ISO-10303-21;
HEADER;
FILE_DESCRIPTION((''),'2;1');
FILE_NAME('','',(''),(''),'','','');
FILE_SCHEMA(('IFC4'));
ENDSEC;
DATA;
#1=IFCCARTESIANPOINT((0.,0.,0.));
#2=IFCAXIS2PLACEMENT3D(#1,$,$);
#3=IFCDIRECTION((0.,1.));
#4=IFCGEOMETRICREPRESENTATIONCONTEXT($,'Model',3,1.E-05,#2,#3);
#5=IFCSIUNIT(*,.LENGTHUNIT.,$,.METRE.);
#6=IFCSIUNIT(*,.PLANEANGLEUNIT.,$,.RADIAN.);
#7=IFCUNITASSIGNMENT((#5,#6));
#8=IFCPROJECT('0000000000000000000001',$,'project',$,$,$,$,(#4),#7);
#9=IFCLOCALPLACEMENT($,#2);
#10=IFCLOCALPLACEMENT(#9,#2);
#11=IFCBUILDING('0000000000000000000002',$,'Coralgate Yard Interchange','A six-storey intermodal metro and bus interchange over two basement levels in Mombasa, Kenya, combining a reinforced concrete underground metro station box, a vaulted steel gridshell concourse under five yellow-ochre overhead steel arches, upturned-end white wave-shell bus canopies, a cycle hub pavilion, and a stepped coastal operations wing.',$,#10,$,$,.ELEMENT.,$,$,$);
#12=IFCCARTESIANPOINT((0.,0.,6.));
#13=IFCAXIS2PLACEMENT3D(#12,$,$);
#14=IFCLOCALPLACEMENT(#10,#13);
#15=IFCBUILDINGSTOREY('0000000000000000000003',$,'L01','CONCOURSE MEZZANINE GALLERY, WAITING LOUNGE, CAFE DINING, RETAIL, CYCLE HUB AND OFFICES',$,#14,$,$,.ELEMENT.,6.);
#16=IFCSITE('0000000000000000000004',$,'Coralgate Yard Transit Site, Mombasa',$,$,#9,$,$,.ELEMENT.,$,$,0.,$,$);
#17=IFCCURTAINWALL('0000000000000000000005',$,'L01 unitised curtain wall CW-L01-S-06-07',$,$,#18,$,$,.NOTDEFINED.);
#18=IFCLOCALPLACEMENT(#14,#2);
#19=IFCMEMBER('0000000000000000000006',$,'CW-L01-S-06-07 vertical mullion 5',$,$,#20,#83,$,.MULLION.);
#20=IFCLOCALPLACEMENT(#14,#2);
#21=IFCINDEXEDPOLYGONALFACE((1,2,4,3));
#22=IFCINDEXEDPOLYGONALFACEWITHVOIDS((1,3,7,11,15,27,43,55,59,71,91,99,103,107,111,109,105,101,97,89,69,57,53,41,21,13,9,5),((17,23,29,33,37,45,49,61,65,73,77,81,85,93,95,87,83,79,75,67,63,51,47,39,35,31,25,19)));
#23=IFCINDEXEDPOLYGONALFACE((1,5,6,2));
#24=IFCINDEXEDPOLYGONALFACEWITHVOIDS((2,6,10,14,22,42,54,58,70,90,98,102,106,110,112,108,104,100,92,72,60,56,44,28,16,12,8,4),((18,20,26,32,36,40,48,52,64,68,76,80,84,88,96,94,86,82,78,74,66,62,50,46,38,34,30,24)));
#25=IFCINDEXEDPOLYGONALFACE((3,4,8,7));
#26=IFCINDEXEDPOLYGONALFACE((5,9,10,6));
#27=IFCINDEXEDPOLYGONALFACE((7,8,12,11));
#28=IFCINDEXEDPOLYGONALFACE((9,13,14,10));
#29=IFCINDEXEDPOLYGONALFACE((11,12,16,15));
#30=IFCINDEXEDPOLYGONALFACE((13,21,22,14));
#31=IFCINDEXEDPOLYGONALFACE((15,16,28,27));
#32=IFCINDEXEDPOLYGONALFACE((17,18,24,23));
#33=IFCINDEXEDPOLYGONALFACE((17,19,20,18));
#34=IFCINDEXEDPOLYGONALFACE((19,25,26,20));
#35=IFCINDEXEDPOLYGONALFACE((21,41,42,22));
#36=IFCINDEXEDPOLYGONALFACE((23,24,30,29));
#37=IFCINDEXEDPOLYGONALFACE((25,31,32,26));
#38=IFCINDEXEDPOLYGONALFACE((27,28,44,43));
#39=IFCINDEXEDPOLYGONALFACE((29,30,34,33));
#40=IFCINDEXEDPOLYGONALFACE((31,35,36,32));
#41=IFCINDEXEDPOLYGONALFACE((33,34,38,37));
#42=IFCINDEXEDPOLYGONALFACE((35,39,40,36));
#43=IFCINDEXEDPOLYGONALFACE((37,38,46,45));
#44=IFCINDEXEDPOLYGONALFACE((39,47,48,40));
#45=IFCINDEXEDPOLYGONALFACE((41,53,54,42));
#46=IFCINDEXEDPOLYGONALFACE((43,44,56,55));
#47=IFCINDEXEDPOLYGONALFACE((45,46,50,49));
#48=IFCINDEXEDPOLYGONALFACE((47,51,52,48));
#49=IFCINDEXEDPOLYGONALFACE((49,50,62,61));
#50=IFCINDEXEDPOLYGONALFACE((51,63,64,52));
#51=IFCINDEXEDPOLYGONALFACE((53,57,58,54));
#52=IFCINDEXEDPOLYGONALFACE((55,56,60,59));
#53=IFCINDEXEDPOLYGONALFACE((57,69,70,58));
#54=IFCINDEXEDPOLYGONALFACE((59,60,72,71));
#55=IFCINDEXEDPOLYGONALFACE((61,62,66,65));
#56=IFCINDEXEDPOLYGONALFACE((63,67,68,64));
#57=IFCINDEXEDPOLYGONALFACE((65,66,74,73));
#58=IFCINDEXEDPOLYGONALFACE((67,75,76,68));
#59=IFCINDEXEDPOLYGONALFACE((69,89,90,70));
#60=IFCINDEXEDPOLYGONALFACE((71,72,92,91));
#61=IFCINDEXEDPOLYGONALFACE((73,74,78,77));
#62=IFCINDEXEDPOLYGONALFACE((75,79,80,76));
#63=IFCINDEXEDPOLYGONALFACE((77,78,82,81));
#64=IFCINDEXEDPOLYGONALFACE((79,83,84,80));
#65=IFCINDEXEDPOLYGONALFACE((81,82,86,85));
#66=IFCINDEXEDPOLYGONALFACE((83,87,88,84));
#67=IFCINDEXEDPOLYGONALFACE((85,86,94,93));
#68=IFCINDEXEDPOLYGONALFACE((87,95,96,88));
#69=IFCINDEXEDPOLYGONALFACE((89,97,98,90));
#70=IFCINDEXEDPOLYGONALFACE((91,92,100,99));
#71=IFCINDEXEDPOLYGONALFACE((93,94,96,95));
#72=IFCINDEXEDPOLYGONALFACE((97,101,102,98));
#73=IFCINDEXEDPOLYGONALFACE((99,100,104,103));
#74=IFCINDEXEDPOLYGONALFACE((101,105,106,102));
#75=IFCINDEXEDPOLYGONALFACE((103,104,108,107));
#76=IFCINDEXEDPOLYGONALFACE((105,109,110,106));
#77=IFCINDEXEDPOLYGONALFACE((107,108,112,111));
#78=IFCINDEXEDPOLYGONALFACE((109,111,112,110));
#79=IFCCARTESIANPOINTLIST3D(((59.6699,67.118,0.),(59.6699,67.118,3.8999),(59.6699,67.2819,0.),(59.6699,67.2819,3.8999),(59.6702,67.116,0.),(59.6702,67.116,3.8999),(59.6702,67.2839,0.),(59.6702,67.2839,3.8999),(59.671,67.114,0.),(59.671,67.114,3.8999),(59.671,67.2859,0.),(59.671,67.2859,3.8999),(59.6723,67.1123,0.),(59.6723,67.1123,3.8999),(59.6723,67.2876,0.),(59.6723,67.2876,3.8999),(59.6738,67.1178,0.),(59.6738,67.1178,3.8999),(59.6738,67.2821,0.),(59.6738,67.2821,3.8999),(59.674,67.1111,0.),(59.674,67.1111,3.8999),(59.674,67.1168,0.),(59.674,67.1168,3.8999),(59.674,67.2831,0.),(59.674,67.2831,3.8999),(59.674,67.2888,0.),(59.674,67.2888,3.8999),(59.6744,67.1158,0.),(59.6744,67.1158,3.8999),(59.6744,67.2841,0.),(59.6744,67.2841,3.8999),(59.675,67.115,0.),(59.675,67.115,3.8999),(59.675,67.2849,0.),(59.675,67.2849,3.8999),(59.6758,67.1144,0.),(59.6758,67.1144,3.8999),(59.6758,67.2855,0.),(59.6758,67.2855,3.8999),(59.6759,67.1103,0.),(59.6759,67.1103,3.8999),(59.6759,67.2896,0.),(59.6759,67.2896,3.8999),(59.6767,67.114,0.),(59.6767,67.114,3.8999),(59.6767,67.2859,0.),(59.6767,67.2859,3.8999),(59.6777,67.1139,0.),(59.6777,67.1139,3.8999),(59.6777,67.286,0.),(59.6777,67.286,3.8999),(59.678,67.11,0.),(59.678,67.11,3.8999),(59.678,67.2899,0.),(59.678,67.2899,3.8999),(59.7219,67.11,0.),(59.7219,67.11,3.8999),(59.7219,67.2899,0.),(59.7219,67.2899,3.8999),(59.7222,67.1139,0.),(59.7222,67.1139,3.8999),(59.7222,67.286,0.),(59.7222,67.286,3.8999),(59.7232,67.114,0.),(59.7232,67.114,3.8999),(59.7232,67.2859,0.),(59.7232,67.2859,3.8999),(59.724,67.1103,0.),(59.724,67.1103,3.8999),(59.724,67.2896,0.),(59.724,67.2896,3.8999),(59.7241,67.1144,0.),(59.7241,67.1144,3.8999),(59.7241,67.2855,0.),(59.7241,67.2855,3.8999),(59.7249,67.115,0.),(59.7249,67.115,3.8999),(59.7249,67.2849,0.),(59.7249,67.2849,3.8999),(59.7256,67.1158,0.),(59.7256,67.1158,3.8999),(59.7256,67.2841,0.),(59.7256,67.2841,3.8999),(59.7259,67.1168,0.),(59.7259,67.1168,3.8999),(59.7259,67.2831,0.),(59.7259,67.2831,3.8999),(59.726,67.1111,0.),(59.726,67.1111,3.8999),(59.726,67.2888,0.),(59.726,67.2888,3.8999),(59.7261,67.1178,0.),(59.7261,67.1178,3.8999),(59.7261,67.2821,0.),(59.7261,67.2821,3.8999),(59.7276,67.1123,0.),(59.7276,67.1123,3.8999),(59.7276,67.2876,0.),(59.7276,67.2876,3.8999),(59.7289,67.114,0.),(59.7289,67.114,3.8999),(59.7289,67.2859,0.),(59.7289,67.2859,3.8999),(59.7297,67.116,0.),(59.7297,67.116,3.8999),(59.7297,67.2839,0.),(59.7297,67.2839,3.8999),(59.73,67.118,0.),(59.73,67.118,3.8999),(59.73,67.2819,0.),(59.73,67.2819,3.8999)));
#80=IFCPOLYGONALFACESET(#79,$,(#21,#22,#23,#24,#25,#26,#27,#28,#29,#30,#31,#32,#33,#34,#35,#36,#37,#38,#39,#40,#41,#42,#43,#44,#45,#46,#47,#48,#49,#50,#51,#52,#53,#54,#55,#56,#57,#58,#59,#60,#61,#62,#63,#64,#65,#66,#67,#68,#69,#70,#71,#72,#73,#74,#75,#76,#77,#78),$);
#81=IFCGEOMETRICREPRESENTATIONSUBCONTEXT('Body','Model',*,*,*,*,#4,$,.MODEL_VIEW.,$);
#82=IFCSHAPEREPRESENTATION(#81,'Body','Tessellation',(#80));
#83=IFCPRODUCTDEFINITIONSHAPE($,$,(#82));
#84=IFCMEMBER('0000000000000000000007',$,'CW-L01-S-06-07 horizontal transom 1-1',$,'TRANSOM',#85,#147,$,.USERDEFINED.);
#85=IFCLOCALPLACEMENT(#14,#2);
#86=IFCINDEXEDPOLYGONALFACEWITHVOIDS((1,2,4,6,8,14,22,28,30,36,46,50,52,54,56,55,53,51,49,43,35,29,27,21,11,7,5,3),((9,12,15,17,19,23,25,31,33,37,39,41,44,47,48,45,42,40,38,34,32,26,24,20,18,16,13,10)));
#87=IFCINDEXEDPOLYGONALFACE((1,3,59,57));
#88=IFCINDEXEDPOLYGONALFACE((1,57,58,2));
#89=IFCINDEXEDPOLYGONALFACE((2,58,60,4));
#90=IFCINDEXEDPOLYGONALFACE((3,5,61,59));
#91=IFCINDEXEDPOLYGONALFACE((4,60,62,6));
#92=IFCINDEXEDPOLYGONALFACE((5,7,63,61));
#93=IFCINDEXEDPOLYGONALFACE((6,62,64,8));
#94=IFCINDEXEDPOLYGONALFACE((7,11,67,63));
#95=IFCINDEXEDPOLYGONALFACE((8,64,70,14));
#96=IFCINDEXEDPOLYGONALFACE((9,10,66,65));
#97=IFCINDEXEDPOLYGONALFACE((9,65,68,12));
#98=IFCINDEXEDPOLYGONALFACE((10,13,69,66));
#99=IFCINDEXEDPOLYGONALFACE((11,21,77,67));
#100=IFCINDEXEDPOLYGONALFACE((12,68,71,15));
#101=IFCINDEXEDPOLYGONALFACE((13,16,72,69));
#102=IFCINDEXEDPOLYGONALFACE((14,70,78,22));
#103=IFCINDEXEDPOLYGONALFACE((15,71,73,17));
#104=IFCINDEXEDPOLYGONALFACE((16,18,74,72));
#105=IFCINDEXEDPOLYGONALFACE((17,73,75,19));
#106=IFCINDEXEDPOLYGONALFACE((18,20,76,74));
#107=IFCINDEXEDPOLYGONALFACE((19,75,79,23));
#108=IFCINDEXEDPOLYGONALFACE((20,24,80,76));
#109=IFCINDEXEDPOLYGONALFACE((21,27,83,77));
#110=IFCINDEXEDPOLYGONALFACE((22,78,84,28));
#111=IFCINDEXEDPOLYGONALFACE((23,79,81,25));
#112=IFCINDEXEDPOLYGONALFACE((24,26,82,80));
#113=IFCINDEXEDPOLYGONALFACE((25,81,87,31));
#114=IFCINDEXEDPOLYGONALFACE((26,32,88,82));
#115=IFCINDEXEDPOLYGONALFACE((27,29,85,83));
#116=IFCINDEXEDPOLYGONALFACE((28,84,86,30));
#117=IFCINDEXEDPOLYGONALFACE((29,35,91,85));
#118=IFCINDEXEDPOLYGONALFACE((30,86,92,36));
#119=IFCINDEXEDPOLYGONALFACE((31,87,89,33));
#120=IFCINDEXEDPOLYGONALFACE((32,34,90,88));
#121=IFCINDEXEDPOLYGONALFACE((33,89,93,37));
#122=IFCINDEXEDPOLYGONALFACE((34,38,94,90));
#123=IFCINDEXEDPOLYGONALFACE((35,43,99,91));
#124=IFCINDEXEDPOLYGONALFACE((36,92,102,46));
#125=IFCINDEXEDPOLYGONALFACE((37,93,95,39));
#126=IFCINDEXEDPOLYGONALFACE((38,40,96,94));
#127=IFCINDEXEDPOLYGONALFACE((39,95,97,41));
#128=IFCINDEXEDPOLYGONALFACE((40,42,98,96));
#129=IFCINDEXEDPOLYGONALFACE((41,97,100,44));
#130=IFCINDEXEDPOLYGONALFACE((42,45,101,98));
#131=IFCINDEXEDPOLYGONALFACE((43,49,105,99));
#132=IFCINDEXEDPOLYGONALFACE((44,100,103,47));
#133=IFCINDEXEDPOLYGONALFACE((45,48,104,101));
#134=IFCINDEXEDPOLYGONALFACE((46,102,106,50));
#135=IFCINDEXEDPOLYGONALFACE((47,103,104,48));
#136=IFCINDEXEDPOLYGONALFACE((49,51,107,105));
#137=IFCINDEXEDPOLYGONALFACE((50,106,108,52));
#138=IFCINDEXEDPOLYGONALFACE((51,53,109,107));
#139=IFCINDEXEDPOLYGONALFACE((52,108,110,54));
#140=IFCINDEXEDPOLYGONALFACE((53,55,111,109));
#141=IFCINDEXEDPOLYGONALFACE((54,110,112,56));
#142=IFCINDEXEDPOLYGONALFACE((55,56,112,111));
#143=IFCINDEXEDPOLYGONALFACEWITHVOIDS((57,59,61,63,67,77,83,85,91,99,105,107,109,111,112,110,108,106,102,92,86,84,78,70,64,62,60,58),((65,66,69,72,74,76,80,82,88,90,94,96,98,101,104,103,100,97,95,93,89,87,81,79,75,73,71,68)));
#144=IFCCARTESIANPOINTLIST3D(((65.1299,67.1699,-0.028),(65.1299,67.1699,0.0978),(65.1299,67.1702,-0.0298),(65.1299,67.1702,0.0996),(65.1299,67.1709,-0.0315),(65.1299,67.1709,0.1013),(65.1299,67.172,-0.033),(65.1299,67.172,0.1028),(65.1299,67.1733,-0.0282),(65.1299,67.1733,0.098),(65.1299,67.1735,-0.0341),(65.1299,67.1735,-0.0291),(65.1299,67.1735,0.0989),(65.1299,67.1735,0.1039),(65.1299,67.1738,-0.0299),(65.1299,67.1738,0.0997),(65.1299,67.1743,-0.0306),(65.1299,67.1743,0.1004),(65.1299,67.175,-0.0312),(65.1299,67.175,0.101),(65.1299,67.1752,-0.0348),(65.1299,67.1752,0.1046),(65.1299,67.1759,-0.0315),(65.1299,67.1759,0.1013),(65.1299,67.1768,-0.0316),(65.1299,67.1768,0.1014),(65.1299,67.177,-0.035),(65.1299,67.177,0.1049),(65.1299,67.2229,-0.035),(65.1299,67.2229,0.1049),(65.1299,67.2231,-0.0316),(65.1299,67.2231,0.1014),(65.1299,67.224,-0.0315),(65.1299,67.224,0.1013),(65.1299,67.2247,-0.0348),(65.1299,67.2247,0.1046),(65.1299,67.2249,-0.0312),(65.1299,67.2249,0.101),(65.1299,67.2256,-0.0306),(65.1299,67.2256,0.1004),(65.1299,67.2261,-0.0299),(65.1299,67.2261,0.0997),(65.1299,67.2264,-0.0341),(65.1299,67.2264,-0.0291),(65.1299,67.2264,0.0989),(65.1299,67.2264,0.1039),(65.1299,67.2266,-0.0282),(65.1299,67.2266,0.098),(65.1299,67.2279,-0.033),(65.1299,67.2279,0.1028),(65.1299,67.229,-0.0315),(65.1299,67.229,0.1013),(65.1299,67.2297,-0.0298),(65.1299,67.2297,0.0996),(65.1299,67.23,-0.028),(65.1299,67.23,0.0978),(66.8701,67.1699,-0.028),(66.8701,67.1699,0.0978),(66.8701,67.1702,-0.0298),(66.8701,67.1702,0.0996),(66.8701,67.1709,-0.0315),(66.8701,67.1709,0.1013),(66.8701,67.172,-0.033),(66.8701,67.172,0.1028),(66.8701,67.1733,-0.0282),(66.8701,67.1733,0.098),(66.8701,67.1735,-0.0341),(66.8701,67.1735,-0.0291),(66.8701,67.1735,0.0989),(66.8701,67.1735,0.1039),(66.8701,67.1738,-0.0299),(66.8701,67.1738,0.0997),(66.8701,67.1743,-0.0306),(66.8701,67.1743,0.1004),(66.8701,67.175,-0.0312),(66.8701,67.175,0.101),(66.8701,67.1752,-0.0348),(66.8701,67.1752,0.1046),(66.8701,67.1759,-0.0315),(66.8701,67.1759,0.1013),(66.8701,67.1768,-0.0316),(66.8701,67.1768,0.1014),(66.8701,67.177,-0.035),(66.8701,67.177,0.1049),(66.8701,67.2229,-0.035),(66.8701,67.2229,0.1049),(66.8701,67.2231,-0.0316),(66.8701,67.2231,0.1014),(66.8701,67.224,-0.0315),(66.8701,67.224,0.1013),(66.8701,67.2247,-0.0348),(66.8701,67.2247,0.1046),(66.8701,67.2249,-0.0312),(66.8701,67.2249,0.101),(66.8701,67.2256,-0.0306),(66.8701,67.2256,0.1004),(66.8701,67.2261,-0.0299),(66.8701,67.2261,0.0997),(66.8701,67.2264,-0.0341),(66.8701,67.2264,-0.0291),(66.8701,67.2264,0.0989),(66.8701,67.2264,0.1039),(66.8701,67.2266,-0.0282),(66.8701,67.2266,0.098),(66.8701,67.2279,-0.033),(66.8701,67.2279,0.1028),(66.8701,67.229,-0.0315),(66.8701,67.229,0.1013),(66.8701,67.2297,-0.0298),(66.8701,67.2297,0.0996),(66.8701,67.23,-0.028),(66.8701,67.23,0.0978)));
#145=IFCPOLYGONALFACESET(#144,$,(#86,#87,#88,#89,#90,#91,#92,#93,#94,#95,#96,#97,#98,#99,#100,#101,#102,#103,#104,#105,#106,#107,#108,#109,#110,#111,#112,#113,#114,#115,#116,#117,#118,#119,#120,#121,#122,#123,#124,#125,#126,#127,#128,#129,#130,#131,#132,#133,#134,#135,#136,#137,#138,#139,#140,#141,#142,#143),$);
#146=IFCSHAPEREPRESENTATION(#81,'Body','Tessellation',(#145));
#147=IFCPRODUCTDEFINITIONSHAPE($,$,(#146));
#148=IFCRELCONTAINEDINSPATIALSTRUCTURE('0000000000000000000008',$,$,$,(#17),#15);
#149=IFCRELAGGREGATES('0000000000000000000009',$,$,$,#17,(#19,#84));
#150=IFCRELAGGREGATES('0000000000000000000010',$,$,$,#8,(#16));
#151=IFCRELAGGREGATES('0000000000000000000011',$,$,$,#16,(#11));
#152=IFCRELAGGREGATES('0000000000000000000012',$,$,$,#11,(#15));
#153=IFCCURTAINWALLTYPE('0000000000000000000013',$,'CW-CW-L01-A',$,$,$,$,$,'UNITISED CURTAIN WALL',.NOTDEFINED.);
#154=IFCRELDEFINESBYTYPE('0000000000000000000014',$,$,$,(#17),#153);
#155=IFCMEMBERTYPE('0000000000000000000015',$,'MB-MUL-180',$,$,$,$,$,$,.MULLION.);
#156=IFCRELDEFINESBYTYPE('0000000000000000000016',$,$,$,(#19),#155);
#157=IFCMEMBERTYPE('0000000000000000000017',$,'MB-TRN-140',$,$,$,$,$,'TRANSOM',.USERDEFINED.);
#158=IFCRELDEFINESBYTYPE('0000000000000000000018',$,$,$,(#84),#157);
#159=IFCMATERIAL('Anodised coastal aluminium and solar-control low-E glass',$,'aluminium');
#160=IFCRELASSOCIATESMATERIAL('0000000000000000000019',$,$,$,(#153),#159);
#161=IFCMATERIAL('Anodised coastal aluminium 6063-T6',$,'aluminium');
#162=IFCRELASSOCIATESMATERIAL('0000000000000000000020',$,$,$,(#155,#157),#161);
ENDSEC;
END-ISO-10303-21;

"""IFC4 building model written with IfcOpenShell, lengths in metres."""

from ifc_helpers import new_model, si_unit, direction, frame, origin, origin_2d, place, context, subcontext, project, spatial, hollow_rectangle, extrude, material, material_profile, profile_set, type_object, element, aggregate, save


model = new_model("IFC4")

# Units and contexts
model_context = context("Model", 3, precision=1e-05, world=origin(), true_north=direction((0.0, 1.0)))
body_context = subcontext(model_context, "Body", "Model", "MODEL_VIEW")
ifc_project = project(units=[si_unit("LENGTHUNIT", "METRE"), si_unit("PLANEANGLEUNIT", "RADIAN")], contexts=[model_context])

# Site, building, storey
site_placement = place(None, origin())
site = spatial("IfcSite", under=ifc_project, at=site_placement, Name="Coralgate Yard Transit Site, Mombasa", CompositionType="ELEMENT", RefElevation=0.0)
building_placement = place(site_placement, origin())
building = spatial("IfcBuilding", under=site, at=building_placement, Name="Coralgate Yard Interchange", Description="A six-storey intermodal metro and bus interchange over two basement levels in Mombasa, Kenya, combining a reinforced concrete underground metro station box, a vaulted steel gridshell concourse under five yellow-ochre overhead steel arches, upturned-end white wave-shell bus canopies, a cycle hub pavilion, and a stepped coastal operations wing.", CompositionType="ELEMENT")
storey_placement = place(building_placement, frame((0.0, 0.0, 6.0)))
storey = spatial("IfcBuildingStorey", under=building, at=storey_placement, Name="L01", Description="CONCOURSE MEZZANINE GALLERY, WAITING LOUNGE, CAFE DINING, RETAIL, CYCLE HUB AND OFFICES", CompositionType="ELEMENT", Elevation=6.0)

# Curtain wall, members
ifc_material_1 = material(Name="Anodised coastal aluminium and solar-control low-E glass", Category="aluminium")
curtain_wall_type = type_object("IfcCurtainWallType", Name="CW-CW-L01-A", ElementType="UNITISED CURTAIN WALL", PredefinedType="NOTDEFINED", material=ifc_material_1)
curtain_wall_placement = place(storey_placement, origin())
curtain_wall = element("IfcCurtainWall", 1, at=curtain_wall_placement, inside=storey, type_object=curtain_wall_type, Name="L01 unitised curtain wall CW-L01-S-06-07", PredefinedType="NOTDEFINED")
ifc_material_2 = material(Name="Anodised coastal aluminium 6063-T6", Category="aluminium")
ifc_material_profile_1 = material_profile(ifc_material_2, hollow_rectangle(XDim=0.0601, YDim=0.1799, WallThickness=0.0039, InnerFilletRadius=0.0039, OuterFilletRadius=0.0081, at=origin_2d()), Name="ALU 60x180x4")
ifc_profile_set_1 = profile_set([ifc_material_profile_1], Name="Anodised coastal aluminium 6063-T6")
member_type_1 = type_object("IfcMemberType", Name="MB-MUL-180", PredefinedType="MULLION", material=ifc_profile_set_1)
member_1_placement = place(storey_placement, frame((59.7, 67.2, 0.0), z_axis=(0.0, 0.0, 1.0), x_axis=(1.0, 0.0, 0.0)))
member_1 = element("IfcMember", 2, at=member_1_placement, type_object=member_type_1, Name="CW-L01-S-06-07 vertical mullion 5", PredefinedType="MULLION", context=body_context, shape_type="SweptSolid", body=[
    extrude(hollow_rectangle(XDim=0.0601, YDim=0.1799, WallThickness=0.0039, InnerFilletRadius=0.0039, OuterFilletRadius=0.0081, at=origin_2d()), origin(), (0.0, 0.0, 1.0), 3.8999),
])
ifc_material_profile_2 = material_profile(ifc_material_2, hollow_rectangle(XDim=0.0601, YDim=0.1399, WallThickness=0.0034, InnerFilletRadius=0.0034, OuterFilletRadius=0.0071, at=origin_2d()), Name="ALU 60x140x3.5")
ifc_profile_set_2 = profile_set([ifc_material_profile_2], Name="Anodised coastal aluminium 6063-T6")
member_type_2 = type_object("IfcMemberType", Name="MB-TRN-140", ElementType="TRANSOM", PredefinedType="USERDEFINED", material=ifc_profile_set_2)
member_2_placement = place(storey_placement, frame((66.8701, 67.2, 0.0349), z_axis=(-1.0, 0.0, 0.0), x_axis=(0.0, -1.0, 0.0)))
member_2 = element("IfcMember", 3, at=member_2_placement, type_object=member_type_2, Name="CW-L01-S-06-07 horizontal transom 1-1", ObjectType="TRANSOM", PredefinedType="USERDEFINED", context=body_context, shape_type="SweptSolid", body=[
    extrude(hollow_rectangle(XDim=0.0601, YDim=0.1399, WallThickness=0.0034, InnerFilletRadius=0.0034, OuterFilletRadius=0.0071, at=origin_2d()), origin(), (0.0, 0.0, 1.0), 1.7402),
])
aggregate(curtain_wall, [member_1, member_2])

save(model, "model.ifc")
